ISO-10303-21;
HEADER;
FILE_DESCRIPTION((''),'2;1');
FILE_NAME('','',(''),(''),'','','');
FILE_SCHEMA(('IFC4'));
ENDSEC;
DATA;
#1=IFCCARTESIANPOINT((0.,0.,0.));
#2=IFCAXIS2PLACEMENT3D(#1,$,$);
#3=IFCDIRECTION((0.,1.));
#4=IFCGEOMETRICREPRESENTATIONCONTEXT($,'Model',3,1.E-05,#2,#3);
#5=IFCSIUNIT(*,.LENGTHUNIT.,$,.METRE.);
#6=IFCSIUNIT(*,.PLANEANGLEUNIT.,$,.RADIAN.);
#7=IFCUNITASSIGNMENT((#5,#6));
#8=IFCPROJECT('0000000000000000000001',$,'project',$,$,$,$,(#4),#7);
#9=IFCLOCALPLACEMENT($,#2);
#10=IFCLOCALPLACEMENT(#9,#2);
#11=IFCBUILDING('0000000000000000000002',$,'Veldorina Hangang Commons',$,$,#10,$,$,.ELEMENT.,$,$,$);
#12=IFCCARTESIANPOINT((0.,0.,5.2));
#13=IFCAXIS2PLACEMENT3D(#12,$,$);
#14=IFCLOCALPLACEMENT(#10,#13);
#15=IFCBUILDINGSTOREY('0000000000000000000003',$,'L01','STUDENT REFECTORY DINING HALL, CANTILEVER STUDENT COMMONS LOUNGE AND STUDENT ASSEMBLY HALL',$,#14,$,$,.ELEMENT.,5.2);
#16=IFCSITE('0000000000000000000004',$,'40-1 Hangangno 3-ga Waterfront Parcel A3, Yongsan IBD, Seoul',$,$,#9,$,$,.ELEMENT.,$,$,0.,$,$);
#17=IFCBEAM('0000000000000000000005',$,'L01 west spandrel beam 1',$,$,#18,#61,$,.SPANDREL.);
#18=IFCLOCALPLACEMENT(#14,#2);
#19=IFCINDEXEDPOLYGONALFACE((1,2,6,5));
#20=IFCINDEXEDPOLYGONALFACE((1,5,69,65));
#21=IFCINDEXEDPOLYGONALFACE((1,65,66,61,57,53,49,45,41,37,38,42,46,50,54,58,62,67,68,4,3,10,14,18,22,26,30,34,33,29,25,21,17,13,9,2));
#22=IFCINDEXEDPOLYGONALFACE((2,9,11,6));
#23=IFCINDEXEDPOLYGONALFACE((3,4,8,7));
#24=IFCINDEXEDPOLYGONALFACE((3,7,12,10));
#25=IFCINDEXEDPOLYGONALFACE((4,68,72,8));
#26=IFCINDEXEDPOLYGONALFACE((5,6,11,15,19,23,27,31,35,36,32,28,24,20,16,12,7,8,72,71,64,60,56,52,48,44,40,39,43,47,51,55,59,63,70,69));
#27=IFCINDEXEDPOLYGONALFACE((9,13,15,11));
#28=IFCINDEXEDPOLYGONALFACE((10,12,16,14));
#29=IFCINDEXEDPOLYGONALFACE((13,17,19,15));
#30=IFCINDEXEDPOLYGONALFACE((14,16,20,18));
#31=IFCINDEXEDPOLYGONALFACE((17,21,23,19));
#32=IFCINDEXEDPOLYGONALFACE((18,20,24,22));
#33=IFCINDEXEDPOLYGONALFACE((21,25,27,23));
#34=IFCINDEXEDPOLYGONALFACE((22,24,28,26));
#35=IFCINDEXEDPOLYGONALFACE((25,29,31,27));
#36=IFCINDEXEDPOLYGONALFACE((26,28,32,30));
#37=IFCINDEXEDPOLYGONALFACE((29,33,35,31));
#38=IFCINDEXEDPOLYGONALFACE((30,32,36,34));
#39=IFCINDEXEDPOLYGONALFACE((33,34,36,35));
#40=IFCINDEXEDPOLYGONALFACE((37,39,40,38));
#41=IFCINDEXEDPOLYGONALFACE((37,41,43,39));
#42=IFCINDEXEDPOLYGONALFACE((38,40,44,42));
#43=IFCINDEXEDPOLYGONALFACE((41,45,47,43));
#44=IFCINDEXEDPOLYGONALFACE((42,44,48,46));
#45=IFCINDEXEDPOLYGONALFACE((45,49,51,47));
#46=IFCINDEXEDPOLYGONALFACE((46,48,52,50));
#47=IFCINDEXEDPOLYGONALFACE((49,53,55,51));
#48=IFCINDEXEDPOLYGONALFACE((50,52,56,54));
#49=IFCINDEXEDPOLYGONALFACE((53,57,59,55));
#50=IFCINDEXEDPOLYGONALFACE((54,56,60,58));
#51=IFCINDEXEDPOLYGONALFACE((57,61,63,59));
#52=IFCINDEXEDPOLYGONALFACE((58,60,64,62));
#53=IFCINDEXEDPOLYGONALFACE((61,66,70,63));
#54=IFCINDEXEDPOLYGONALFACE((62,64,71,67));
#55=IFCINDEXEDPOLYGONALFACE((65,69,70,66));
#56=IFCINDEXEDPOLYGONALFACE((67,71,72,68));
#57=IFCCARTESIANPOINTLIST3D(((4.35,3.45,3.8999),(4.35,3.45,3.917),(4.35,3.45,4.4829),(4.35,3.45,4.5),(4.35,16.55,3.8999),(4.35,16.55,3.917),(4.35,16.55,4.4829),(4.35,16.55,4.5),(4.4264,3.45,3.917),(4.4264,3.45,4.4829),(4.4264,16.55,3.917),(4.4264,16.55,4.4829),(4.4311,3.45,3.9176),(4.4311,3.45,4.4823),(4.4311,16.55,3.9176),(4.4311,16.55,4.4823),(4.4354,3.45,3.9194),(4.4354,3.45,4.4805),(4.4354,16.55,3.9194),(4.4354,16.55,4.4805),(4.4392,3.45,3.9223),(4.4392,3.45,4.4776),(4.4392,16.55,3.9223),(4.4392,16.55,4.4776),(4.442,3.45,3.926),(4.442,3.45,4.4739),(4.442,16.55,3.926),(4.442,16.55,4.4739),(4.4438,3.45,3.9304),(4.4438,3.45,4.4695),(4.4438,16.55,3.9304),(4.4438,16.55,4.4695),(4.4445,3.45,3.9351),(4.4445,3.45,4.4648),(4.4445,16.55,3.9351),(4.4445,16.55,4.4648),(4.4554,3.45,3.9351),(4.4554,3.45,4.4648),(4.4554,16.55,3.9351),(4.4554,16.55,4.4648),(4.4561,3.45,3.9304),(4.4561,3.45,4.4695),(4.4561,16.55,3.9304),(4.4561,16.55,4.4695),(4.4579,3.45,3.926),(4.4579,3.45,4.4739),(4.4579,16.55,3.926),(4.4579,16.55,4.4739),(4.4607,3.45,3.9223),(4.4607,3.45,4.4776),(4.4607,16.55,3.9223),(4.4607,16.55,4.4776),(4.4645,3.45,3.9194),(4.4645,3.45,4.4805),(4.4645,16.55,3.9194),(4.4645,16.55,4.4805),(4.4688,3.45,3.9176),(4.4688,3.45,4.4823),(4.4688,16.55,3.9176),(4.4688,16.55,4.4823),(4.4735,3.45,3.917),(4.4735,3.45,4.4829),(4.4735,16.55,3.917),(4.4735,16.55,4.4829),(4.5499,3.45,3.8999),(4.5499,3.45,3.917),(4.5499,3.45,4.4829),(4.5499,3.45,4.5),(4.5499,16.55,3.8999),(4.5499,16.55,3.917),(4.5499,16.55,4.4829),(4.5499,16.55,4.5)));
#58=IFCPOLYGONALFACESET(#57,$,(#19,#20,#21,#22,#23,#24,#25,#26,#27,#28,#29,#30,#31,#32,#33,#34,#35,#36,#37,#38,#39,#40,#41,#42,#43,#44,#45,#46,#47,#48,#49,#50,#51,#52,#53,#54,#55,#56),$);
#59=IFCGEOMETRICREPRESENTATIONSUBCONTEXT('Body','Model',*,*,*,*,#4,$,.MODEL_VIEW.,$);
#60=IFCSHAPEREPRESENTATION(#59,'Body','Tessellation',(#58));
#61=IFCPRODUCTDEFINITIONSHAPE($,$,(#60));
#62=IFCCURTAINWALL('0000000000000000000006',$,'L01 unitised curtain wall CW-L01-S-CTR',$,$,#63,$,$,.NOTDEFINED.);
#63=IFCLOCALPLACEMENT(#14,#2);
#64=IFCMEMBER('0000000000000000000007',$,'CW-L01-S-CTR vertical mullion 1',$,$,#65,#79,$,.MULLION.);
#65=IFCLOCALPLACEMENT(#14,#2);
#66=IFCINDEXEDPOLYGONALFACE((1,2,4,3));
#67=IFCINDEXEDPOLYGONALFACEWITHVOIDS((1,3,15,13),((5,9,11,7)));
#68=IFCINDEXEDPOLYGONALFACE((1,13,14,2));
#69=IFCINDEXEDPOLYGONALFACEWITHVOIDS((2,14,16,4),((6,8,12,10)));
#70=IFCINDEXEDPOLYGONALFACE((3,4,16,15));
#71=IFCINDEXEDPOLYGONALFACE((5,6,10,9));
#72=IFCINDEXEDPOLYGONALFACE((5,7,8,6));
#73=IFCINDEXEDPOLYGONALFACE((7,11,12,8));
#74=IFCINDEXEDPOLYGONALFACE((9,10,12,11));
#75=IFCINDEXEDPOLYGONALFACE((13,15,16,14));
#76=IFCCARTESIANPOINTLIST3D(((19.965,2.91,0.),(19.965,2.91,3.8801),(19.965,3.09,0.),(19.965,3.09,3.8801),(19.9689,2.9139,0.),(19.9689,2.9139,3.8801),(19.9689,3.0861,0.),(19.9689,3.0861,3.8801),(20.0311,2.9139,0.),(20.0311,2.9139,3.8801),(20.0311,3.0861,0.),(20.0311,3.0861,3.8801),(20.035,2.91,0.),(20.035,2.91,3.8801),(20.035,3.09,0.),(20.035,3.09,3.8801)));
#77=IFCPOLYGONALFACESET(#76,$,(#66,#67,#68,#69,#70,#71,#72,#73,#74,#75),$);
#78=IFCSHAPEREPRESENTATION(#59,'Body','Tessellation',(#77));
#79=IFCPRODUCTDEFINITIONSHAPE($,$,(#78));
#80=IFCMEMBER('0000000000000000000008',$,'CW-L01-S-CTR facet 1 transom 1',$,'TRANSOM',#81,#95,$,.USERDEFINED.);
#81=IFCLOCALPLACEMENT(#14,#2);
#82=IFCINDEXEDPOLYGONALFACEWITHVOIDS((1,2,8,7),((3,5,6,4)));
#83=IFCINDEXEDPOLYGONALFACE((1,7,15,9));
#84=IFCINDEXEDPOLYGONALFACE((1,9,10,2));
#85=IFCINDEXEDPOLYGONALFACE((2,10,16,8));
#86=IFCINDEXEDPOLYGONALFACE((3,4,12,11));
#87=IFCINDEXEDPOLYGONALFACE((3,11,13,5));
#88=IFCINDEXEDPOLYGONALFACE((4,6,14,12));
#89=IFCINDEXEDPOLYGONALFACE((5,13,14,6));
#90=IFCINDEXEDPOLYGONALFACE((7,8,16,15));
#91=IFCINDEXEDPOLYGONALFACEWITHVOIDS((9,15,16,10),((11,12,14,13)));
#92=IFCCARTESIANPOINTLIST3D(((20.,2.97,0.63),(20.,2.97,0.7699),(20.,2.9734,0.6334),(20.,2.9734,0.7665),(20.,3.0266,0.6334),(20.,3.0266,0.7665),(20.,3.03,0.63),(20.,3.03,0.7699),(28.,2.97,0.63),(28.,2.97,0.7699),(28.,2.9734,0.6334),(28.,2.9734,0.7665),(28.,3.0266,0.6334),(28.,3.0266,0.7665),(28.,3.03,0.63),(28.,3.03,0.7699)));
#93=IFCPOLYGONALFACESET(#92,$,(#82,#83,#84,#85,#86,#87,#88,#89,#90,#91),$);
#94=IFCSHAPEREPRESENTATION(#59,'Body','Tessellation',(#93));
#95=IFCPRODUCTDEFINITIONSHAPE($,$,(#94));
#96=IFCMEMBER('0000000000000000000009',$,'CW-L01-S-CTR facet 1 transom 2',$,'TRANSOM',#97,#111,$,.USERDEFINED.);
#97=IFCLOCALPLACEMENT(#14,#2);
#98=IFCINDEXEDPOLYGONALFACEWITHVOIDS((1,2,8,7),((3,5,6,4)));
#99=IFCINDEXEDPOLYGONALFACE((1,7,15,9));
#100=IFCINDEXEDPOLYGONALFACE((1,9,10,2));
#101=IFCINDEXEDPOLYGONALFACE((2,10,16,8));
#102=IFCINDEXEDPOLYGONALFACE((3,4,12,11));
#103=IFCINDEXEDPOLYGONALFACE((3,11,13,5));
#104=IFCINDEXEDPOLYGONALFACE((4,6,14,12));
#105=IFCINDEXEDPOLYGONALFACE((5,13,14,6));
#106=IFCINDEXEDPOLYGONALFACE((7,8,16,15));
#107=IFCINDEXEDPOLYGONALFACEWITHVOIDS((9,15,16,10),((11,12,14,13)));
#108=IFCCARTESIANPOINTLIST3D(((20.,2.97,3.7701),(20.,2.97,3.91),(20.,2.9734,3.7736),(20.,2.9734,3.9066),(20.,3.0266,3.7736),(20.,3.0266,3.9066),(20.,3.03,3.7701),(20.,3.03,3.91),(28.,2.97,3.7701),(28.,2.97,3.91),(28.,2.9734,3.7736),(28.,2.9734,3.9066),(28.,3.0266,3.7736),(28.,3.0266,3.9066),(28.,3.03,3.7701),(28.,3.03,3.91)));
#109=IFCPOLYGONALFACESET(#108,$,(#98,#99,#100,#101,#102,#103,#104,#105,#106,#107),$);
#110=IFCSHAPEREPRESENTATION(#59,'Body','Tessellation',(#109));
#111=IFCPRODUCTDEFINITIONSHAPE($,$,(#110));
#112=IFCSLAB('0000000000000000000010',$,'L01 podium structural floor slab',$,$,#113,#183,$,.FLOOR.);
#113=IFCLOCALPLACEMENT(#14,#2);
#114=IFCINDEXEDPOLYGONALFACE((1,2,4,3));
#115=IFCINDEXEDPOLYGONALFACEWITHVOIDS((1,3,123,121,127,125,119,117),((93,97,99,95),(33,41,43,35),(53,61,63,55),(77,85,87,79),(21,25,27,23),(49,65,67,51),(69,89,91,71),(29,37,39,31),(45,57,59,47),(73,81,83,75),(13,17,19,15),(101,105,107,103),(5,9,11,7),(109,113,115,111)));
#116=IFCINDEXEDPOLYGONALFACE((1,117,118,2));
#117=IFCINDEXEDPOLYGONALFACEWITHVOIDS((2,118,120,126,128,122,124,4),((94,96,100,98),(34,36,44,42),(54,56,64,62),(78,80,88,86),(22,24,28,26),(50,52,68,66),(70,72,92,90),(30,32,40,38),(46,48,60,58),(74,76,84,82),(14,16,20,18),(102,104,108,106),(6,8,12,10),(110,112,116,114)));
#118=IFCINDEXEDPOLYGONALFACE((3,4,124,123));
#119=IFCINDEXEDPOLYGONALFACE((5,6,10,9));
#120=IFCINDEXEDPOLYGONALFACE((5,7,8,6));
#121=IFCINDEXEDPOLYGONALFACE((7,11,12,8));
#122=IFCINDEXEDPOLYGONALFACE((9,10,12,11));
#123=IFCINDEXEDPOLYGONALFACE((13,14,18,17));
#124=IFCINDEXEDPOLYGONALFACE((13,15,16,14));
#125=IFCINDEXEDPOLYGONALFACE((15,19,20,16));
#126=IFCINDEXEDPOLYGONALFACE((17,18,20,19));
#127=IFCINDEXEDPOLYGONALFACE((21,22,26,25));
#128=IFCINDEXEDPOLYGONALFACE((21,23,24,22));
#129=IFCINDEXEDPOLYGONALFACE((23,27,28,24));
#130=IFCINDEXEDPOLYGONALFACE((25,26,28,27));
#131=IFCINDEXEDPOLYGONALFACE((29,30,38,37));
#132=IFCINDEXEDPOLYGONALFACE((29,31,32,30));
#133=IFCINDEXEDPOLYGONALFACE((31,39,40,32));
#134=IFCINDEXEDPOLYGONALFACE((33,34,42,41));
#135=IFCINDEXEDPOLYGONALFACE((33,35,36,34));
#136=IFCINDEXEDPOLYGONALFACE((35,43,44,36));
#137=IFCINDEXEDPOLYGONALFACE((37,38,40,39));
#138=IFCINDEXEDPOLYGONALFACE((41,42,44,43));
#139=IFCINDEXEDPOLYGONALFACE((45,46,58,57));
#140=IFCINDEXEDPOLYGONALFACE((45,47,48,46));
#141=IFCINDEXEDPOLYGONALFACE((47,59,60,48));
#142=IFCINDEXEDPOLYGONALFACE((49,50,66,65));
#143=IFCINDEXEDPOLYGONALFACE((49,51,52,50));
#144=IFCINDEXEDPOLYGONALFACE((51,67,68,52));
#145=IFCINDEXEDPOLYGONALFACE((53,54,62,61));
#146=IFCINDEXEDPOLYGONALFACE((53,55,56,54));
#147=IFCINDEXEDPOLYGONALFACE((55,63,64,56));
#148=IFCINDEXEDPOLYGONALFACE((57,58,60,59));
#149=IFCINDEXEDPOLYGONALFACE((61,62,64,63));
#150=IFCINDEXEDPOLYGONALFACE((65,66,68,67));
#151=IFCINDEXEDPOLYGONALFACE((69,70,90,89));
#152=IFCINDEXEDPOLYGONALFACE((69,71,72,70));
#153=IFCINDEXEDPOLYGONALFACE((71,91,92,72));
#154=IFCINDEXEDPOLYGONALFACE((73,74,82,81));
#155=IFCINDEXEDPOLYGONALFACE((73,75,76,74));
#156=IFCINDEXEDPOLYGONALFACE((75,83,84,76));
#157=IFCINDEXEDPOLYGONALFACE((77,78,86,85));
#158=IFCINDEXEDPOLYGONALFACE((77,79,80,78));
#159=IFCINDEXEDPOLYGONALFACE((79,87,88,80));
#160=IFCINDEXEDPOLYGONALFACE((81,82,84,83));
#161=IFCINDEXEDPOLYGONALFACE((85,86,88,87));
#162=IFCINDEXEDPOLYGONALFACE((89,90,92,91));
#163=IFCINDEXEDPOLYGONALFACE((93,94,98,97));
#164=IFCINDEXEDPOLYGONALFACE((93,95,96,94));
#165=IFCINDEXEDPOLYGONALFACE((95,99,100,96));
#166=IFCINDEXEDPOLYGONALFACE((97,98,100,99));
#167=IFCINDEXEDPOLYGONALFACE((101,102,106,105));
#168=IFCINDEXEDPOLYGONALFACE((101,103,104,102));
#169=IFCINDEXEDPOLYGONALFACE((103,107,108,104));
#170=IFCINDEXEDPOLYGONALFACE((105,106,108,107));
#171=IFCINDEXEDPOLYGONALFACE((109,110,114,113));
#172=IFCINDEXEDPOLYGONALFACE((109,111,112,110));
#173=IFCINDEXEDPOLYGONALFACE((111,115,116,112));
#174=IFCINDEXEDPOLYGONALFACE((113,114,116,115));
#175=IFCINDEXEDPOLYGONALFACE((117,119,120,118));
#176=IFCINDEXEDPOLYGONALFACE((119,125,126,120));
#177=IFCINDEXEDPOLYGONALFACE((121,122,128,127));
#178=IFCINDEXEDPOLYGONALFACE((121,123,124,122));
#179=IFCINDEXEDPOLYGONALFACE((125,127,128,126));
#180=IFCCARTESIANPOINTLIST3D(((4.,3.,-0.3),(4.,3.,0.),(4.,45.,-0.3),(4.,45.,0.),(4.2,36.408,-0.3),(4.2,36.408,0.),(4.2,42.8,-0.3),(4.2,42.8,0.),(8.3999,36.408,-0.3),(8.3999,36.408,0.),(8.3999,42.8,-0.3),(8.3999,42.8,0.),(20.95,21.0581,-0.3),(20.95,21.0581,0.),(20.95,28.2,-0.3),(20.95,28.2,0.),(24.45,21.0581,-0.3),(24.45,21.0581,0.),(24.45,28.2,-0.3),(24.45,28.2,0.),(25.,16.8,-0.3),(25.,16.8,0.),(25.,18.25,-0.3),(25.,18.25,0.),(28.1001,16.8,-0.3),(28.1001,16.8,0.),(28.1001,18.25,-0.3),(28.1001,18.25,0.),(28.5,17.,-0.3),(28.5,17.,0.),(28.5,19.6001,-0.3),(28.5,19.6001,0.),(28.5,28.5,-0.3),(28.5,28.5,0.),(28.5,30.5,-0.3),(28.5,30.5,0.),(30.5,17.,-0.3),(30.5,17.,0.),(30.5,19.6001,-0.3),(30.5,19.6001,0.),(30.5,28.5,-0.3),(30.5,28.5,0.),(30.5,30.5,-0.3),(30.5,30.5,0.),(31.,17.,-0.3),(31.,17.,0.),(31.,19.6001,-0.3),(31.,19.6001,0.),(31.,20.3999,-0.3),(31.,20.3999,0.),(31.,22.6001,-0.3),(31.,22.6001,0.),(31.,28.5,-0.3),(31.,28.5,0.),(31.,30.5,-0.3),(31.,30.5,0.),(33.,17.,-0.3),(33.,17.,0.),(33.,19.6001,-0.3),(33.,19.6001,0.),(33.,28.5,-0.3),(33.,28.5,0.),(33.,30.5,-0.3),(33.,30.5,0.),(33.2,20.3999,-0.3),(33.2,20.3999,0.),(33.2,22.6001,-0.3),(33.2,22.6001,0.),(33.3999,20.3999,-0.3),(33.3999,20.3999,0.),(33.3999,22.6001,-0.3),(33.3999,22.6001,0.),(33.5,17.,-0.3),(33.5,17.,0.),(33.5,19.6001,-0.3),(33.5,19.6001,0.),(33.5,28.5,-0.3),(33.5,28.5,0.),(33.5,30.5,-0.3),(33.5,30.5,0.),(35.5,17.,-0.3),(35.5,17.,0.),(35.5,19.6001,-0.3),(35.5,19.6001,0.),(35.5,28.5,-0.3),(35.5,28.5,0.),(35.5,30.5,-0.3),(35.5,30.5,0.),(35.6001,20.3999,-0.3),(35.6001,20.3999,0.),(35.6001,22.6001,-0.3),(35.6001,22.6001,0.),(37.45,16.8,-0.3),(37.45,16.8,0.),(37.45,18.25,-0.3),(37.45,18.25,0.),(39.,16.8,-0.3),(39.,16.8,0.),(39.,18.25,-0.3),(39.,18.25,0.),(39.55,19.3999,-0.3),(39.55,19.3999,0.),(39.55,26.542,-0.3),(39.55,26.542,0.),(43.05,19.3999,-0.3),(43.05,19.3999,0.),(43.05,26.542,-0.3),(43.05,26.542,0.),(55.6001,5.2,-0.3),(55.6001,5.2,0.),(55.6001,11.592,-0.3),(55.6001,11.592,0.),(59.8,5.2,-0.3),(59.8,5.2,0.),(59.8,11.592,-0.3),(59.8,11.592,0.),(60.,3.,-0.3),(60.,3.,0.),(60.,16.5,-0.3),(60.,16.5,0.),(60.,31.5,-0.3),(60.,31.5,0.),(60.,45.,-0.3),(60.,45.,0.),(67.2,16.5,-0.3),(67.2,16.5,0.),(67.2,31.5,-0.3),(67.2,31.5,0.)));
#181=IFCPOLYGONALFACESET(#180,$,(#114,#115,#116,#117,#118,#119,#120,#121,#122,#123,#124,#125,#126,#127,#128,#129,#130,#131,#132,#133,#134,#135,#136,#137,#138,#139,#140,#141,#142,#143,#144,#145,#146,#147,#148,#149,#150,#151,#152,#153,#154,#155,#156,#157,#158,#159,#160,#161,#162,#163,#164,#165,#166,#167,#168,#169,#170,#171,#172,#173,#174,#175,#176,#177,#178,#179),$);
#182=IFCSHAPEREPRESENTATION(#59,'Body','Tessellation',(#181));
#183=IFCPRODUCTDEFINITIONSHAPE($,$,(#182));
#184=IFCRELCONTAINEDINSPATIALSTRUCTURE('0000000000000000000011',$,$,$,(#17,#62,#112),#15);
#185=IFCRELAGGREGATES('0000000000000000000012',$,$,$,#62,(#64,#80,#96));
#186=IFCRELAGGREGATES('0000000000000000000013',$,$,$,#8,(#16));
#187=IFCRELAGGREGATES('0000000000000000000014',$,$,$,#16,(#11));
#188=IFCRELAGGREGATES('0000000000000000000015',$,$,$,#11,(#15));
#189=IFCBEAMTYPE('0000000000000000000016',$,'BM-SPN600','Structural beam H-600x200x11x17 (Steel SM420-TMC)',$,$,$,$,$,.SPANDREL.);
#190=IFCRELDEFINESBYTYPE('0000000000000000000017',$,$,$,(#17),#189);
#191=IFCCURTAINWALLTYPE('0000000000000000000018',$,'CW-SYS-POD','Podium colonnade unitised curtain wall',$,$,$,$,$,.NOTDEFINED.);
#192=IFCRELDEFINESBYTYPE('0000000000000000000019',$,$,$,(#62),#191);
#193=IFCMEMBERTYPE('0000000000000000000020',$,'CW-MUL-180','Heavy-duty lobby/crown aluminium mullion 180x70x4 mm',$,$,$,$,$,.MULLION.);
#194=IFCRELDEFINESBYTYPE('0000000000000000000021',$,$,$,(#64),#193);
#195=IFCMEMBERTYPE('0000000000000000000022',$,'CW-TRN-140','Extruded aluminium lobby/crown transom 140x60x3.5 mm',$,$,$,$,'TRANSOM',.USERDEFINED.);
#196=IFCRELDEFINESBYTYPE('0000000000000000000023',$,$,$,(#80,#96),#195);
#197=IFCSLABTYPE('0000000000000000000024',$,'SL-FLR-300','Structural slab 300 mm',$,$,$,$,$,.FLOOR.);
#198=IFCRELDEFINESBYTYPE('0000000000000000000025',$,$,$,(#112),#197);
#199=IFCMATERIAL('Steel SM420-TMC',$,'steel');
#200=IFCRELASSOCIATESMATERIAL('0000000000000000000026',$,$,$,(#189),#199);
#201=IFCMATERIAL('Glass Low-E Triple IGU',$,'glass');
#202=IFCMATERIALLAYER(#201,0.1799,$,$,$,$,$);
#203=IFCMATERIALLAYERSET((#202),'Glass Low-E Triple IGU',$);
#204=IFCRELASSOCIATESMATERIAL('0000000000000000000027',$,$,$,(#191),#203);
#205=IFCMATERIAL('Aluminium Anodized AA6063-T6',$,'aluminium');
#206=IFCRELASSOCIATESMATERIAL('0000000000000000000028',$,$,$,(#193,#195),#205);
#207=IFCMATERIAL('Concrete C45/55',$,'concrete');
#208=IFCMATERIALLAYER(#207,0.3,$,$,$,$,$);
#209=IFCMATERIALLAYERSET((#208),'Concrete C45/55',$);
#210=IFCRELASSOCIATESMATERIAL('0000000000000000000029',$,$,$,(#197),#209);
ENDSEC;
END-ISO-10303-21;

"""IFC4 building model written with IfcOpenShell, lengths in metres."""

from ifc_helpers import new_model, si_unit, direction, frame, origin, origin_2d, place, context, subcontext, project, spatial, polyline, hollow_rectangle, i_section, outline, extrude, material, layer, layer_set, material_profile, profile_set, type_object, element, aggregate, save


model = new_model("IFC4")

# Units and contexts
model_context = context("Model", 3, precision=1e-05, world=origin(), true_north=direction((0.0, 1.0)))
body_context = subcontext(model_context, "Body", "Model", "MODEL_VIEW")
ifc_project = project(units=[si_unit("LENGTHUNIT", "METRE"), si_unit("PLANEANGLEUNIT", "RADIAN")], contexts=[model_context])

# Site, building, storey
site_placement = place(None, origin())
site = spatial("IfcSite", under=ifc_project, at=site_placement, Name="40-1 Hangangno 3-ga Waterfront Parcel A3, Yongsan IBD, Seoul", CompositionType="ELEMENT", RefElevation=0.0)
building_placement = place(site_placement, origin())
building = spatial("IfcBuilding", under=site, at=building_placement, Name="Veldorina Hangang Commons", CompositionType="ELEMENT")
storey_placement = place(building_placement, frame((0.0, 0.0, 5.2)))
storey = spatial("IfcBuildingStorey", under=building, at=storey_placement, Name="L01", Description="STUDENT REFECTORY DINING HALL, CANTILEVER STUDENT COMMONS LOUNGE AND STUDENT ASSEMBLY HALL", CompositionType="ELEMENT", Elevation=5.2)

# Beam
ifc_material_1 = material(Name="Steel SM420-TMC", Category="steel")
ifc_material_profile_1 = material_profile(ifc_material_1, i_section(OverallWidth=0.2, OverallDepth=0.6001, WebThickness=0.011, FlangeThickness=0.0171, FilletRadius=0.0181, at=origin_2d()), Name="H-600x200x11x17")
ifc_profile_set_1 = profile_set([ifc_material_profile_1], Name="Steel SM420-TMC")
beam_type = type_object("IfcBeamType", Name="BM-SPN600", Description="Structural beam H-600x200x11x17 (Steel SM420-TMC)", PredefinedType="SPANDREL", material=ifc_profile_set_1)
beam_1_placement = place(storey_placement, frame((4.45, 3.45, 4.2), z_axis=(0.0, 1.0, 0.0), x_axis=(-1.0, 0.0, 0.0)))
element("IfcBeam", 1, at=beam_1_placement, inside=storey, type_object=beam_type, Name="L01 west spandrel beam 1", PredefinedType="SPANDREL", context=body_context, shape_type="SweptSolid", body=[
    extrude(i_section(OverallWidth=0.2, OverallDepth=0.6001, WebThickness=0.011, FlangeThickness=0.0171, FilletRadius=0.0181, at=origin_2d()), origin(), (0.0, 0.0, 1.0), 13.1001),
])

# Curtain wall, members
ifc_material_2 = material(Name="Glass Low-E Triple IGU", Category="glass")
ifc_layer_1 = layer(ifc_material_2, 0.1799)
ifc_layer_set_1 = layer_set([ifc_layer_1], Name="Glass Low-E Triple IGU")
curtain_wall_type = type_object("IfcCurtainWallType", Name="CW-SYS-POD", Description="Podium colonnade unitised curtain wall", PredefinedType="NOTDEFINED", material=ifc_layer_set_1)
curtain_wall_placement = place(storey_placement, origin())
curtain_wall = element("IfcCurtainWall", 2, at=curtain_wall_placement, inside=storey, type_object=curtain_wall_type, Name="L01 unitised curtain wall CW-L01-S-CTR", PredefinedType="NOTDEFINED")
ifc_material_3 = material(Name="Aluminium Anodized AA6063-T6", Category="aluminium")
ifc_material_profile_2 = material_profile(ifc_material_3, hollow_rectangle(XDim=0.0701, YDim=0.1799, WallThickness=0.0039, at=origin_2d()), Name="ALU-RHS-180x70x4")
ifc_profile_set_2 = profile_set([ifc_material_profile_2], Name="Aluminium Anodized AA6063-T6")
member_type_1 = type_object("IfcMemberType", Name="CW-MUL-180", Description="Heavy-duty lobby/crown aluminium mullion 180x70x4 mm", PredefinedType="MULLION", material=ifc_profile_set_2)
member_1_placement = place(storey_placement, frame((20.0, 3.0, 0.0), z_axis=(0.0, 0.0, 1.0), x_axis=(1.0, 0.0, 0.0)))
member_1 = element("IfcMember", 3, at=member_1_placement, type_object=member_type_1, Name="CW-L01-S-CTR vertical mullion 1", PredefinedType="MULLION", context=body_context, shape_type="SweptSolid", body=[
    extrude(hollow_rectangle(XDim=0.0701, YDim=0.1799, WallThickness=0.0039, at=origin_2d()), origin(), (0.0, 0.0, 1.0), 3.8801),
])
ifc_material_profile_3 = material_profile(ifc_material_3, hollow_rectangle(XDim=0.0601, YDim=0.1399, WallThickness=0.0034, at=origin_2d()), Name="ALU-RHS-140x60x3.5")
ifc_profile_set_3 = profile_set([ifc_material_profile_3], Name="Aluminium Anodized AA6063-T6")
member_type_2 = type_object("IfcMemberType", Name="CW-TRN-140", Description="Extruded aluminium lobby/crown transom 140x60x3.5 mm", ElementType="TRANSOM", PredefinedType="USERDEFINED", material=ifc_profile_set_3)
member_2_placement = place(storey_placement, frame((20.0, 3.0, 0.7), z_axis=(1.0, 0.0, 0.0), x_axis=(0.0, 1.0, 0.0)))
member_2 = element("IfcMember", 4, at=member_2_placement, type_object=member_type_2, Name="CW-L01-S-CTR facet 1 transom 1", ObjectType="TRANSOM", PredefinedType="USERDEFINED", context=body_context, shape_type="SweptSolid", body=[
    extrude(hollow_rectangle(XDim=0.0601, YDim=0.1399, WallThickness=0.0034, at=origin_2d()), origin(), (0.0, 0.0, 1.0), 8.0),
])
member_3_placement = place(storey_placement, frame((20.0, 3.0, 3.8401), z_axis=(1.0, 0.0, 0.0), x_axis=(0.0, 1.0, 0.0)))
member_3 = element("IfcMember", 5, at=member_3_placement, type_object=member_type_2, Name="CW-L01-S-CTR facet 1 transom 2", ObjectType="TRANSOM", PredefinedType="USERDEFINED", context=body_context, shape_type="SweptSolid", body=[
    extrude(hollow_rectangle(XDim=0.0601, YDim=0.1399, WallThickness=0.0034, at=origin_2d()), origin(), (0.0, 0.0, 1.0), 8.0),
])
aggregate(curtain_wall, [member_1, member_2, member_3])

# Slab
ifc_material_4 = material(Name="Concrete C45/55", Category="concrete")
ifc_layer_2 = layer(ifc_material_4, 0.3)
ifc_layer_set_2 = layer_set([ifc_layer_2], Name="Concrete C45/55")
slab_type_1 = type_object("IfcSlabType", Name="SL-FLR-300", Description="Structural slab 300 mm", PredefinedType="FLOOR", material=ifc_layer_set_2)
slab_1_placement = place(storey_placement, frame((0.0, 0.0, -0.3)))
element("IfcSlab", 6, at=slab_1_placement, inside=storey, type_object=slab_type_1, Name="L01 podium structural floor slab", PredefinedType="FLOOR", context=body_context, shape_type="SweptSolid", body=[
    extrude(outline(polyline([(4.0, 3.0), (60.0, 3.0), (60.0, 16.5), (67.2, 16.5), (67.2, 31.5), (60.0, 31.5), (60.0, 45.0), (4.0, 45.0), (4.0, 3.0)]), holes=[polyline([(20.95, 21.0581), (20.95, 28.2), (24.45, 28.2), (24.45, 21.0581), (20.95, 21.0581)]), polyline([(43.05, 26.542), (43.05, 19.3999), (39.55, 19.3999), (39.55, 26.542), (43.05, 26.542)]), polyline([(4.2, 36.408), (4.2, 42.8), (8.3999, 42.8), (8.3999, 36.408), (4.2, 36.408)]), polyline([(59.8, 11.592), (59.8, 5.2), (55.6001, 5.2), (55.6001, 11.592), (59.8, 11.592)]), polyline([(28.5, 30.5), (30.5, 30.5), (30.5, 28.5), (28.5, 28.5), (28.5, 30.5)]), polyline([(31.0, 30.5), (33.0, 30.5), (33.0, 28.5), (31.0, 28.5), (31.0, 30.5)]), polyline([(33.5, 30.5), (35.5, 30.5), (35.5, 28.5), (33.5, 28.5), (33.5, 30.5)]), polyline([(31.0, 22.6001), (33.2, 22.6001), (33.2, 20.3999), (31.0, 20.3999), (31.0, 22.6001)]), polyline([(33.3999, 22.6001), (35.6001, 22.6001), (35.6001, 20.3999), (33.3999, 20.3999), (33.3999, 22.6001)]), polyline([(28.5, 19.6001), (30.5, 19.6001), (30.5, 17.0), (28.5, 17.0), (28.5, 19.6001)]), polyline([(31.0, 19.6001), (33.0, 19.6001), (33.0, 17.0), (31.0, 17.0), (31.0, 19.6001)]), polyline([(33.5, 19.6001), (35.5, 19.6001), (35.5, 17.0), (33.5, 17.0), (33.5, 19.6001)]), polyline([(25.0, 18.25), (28.1001, 18.25), (28.1001, 16.8), (25.0, 16.8), (25.0, 18.25)]), polyline([(37.45, 18.25), (39.0, 18.25), (39.0, 16.8), (37.45, 16.8), (37.45, 18.25)])]), origin(), (0.0, 0.0, 1.0), 0.3),
])

save(model, "model.ifc")
